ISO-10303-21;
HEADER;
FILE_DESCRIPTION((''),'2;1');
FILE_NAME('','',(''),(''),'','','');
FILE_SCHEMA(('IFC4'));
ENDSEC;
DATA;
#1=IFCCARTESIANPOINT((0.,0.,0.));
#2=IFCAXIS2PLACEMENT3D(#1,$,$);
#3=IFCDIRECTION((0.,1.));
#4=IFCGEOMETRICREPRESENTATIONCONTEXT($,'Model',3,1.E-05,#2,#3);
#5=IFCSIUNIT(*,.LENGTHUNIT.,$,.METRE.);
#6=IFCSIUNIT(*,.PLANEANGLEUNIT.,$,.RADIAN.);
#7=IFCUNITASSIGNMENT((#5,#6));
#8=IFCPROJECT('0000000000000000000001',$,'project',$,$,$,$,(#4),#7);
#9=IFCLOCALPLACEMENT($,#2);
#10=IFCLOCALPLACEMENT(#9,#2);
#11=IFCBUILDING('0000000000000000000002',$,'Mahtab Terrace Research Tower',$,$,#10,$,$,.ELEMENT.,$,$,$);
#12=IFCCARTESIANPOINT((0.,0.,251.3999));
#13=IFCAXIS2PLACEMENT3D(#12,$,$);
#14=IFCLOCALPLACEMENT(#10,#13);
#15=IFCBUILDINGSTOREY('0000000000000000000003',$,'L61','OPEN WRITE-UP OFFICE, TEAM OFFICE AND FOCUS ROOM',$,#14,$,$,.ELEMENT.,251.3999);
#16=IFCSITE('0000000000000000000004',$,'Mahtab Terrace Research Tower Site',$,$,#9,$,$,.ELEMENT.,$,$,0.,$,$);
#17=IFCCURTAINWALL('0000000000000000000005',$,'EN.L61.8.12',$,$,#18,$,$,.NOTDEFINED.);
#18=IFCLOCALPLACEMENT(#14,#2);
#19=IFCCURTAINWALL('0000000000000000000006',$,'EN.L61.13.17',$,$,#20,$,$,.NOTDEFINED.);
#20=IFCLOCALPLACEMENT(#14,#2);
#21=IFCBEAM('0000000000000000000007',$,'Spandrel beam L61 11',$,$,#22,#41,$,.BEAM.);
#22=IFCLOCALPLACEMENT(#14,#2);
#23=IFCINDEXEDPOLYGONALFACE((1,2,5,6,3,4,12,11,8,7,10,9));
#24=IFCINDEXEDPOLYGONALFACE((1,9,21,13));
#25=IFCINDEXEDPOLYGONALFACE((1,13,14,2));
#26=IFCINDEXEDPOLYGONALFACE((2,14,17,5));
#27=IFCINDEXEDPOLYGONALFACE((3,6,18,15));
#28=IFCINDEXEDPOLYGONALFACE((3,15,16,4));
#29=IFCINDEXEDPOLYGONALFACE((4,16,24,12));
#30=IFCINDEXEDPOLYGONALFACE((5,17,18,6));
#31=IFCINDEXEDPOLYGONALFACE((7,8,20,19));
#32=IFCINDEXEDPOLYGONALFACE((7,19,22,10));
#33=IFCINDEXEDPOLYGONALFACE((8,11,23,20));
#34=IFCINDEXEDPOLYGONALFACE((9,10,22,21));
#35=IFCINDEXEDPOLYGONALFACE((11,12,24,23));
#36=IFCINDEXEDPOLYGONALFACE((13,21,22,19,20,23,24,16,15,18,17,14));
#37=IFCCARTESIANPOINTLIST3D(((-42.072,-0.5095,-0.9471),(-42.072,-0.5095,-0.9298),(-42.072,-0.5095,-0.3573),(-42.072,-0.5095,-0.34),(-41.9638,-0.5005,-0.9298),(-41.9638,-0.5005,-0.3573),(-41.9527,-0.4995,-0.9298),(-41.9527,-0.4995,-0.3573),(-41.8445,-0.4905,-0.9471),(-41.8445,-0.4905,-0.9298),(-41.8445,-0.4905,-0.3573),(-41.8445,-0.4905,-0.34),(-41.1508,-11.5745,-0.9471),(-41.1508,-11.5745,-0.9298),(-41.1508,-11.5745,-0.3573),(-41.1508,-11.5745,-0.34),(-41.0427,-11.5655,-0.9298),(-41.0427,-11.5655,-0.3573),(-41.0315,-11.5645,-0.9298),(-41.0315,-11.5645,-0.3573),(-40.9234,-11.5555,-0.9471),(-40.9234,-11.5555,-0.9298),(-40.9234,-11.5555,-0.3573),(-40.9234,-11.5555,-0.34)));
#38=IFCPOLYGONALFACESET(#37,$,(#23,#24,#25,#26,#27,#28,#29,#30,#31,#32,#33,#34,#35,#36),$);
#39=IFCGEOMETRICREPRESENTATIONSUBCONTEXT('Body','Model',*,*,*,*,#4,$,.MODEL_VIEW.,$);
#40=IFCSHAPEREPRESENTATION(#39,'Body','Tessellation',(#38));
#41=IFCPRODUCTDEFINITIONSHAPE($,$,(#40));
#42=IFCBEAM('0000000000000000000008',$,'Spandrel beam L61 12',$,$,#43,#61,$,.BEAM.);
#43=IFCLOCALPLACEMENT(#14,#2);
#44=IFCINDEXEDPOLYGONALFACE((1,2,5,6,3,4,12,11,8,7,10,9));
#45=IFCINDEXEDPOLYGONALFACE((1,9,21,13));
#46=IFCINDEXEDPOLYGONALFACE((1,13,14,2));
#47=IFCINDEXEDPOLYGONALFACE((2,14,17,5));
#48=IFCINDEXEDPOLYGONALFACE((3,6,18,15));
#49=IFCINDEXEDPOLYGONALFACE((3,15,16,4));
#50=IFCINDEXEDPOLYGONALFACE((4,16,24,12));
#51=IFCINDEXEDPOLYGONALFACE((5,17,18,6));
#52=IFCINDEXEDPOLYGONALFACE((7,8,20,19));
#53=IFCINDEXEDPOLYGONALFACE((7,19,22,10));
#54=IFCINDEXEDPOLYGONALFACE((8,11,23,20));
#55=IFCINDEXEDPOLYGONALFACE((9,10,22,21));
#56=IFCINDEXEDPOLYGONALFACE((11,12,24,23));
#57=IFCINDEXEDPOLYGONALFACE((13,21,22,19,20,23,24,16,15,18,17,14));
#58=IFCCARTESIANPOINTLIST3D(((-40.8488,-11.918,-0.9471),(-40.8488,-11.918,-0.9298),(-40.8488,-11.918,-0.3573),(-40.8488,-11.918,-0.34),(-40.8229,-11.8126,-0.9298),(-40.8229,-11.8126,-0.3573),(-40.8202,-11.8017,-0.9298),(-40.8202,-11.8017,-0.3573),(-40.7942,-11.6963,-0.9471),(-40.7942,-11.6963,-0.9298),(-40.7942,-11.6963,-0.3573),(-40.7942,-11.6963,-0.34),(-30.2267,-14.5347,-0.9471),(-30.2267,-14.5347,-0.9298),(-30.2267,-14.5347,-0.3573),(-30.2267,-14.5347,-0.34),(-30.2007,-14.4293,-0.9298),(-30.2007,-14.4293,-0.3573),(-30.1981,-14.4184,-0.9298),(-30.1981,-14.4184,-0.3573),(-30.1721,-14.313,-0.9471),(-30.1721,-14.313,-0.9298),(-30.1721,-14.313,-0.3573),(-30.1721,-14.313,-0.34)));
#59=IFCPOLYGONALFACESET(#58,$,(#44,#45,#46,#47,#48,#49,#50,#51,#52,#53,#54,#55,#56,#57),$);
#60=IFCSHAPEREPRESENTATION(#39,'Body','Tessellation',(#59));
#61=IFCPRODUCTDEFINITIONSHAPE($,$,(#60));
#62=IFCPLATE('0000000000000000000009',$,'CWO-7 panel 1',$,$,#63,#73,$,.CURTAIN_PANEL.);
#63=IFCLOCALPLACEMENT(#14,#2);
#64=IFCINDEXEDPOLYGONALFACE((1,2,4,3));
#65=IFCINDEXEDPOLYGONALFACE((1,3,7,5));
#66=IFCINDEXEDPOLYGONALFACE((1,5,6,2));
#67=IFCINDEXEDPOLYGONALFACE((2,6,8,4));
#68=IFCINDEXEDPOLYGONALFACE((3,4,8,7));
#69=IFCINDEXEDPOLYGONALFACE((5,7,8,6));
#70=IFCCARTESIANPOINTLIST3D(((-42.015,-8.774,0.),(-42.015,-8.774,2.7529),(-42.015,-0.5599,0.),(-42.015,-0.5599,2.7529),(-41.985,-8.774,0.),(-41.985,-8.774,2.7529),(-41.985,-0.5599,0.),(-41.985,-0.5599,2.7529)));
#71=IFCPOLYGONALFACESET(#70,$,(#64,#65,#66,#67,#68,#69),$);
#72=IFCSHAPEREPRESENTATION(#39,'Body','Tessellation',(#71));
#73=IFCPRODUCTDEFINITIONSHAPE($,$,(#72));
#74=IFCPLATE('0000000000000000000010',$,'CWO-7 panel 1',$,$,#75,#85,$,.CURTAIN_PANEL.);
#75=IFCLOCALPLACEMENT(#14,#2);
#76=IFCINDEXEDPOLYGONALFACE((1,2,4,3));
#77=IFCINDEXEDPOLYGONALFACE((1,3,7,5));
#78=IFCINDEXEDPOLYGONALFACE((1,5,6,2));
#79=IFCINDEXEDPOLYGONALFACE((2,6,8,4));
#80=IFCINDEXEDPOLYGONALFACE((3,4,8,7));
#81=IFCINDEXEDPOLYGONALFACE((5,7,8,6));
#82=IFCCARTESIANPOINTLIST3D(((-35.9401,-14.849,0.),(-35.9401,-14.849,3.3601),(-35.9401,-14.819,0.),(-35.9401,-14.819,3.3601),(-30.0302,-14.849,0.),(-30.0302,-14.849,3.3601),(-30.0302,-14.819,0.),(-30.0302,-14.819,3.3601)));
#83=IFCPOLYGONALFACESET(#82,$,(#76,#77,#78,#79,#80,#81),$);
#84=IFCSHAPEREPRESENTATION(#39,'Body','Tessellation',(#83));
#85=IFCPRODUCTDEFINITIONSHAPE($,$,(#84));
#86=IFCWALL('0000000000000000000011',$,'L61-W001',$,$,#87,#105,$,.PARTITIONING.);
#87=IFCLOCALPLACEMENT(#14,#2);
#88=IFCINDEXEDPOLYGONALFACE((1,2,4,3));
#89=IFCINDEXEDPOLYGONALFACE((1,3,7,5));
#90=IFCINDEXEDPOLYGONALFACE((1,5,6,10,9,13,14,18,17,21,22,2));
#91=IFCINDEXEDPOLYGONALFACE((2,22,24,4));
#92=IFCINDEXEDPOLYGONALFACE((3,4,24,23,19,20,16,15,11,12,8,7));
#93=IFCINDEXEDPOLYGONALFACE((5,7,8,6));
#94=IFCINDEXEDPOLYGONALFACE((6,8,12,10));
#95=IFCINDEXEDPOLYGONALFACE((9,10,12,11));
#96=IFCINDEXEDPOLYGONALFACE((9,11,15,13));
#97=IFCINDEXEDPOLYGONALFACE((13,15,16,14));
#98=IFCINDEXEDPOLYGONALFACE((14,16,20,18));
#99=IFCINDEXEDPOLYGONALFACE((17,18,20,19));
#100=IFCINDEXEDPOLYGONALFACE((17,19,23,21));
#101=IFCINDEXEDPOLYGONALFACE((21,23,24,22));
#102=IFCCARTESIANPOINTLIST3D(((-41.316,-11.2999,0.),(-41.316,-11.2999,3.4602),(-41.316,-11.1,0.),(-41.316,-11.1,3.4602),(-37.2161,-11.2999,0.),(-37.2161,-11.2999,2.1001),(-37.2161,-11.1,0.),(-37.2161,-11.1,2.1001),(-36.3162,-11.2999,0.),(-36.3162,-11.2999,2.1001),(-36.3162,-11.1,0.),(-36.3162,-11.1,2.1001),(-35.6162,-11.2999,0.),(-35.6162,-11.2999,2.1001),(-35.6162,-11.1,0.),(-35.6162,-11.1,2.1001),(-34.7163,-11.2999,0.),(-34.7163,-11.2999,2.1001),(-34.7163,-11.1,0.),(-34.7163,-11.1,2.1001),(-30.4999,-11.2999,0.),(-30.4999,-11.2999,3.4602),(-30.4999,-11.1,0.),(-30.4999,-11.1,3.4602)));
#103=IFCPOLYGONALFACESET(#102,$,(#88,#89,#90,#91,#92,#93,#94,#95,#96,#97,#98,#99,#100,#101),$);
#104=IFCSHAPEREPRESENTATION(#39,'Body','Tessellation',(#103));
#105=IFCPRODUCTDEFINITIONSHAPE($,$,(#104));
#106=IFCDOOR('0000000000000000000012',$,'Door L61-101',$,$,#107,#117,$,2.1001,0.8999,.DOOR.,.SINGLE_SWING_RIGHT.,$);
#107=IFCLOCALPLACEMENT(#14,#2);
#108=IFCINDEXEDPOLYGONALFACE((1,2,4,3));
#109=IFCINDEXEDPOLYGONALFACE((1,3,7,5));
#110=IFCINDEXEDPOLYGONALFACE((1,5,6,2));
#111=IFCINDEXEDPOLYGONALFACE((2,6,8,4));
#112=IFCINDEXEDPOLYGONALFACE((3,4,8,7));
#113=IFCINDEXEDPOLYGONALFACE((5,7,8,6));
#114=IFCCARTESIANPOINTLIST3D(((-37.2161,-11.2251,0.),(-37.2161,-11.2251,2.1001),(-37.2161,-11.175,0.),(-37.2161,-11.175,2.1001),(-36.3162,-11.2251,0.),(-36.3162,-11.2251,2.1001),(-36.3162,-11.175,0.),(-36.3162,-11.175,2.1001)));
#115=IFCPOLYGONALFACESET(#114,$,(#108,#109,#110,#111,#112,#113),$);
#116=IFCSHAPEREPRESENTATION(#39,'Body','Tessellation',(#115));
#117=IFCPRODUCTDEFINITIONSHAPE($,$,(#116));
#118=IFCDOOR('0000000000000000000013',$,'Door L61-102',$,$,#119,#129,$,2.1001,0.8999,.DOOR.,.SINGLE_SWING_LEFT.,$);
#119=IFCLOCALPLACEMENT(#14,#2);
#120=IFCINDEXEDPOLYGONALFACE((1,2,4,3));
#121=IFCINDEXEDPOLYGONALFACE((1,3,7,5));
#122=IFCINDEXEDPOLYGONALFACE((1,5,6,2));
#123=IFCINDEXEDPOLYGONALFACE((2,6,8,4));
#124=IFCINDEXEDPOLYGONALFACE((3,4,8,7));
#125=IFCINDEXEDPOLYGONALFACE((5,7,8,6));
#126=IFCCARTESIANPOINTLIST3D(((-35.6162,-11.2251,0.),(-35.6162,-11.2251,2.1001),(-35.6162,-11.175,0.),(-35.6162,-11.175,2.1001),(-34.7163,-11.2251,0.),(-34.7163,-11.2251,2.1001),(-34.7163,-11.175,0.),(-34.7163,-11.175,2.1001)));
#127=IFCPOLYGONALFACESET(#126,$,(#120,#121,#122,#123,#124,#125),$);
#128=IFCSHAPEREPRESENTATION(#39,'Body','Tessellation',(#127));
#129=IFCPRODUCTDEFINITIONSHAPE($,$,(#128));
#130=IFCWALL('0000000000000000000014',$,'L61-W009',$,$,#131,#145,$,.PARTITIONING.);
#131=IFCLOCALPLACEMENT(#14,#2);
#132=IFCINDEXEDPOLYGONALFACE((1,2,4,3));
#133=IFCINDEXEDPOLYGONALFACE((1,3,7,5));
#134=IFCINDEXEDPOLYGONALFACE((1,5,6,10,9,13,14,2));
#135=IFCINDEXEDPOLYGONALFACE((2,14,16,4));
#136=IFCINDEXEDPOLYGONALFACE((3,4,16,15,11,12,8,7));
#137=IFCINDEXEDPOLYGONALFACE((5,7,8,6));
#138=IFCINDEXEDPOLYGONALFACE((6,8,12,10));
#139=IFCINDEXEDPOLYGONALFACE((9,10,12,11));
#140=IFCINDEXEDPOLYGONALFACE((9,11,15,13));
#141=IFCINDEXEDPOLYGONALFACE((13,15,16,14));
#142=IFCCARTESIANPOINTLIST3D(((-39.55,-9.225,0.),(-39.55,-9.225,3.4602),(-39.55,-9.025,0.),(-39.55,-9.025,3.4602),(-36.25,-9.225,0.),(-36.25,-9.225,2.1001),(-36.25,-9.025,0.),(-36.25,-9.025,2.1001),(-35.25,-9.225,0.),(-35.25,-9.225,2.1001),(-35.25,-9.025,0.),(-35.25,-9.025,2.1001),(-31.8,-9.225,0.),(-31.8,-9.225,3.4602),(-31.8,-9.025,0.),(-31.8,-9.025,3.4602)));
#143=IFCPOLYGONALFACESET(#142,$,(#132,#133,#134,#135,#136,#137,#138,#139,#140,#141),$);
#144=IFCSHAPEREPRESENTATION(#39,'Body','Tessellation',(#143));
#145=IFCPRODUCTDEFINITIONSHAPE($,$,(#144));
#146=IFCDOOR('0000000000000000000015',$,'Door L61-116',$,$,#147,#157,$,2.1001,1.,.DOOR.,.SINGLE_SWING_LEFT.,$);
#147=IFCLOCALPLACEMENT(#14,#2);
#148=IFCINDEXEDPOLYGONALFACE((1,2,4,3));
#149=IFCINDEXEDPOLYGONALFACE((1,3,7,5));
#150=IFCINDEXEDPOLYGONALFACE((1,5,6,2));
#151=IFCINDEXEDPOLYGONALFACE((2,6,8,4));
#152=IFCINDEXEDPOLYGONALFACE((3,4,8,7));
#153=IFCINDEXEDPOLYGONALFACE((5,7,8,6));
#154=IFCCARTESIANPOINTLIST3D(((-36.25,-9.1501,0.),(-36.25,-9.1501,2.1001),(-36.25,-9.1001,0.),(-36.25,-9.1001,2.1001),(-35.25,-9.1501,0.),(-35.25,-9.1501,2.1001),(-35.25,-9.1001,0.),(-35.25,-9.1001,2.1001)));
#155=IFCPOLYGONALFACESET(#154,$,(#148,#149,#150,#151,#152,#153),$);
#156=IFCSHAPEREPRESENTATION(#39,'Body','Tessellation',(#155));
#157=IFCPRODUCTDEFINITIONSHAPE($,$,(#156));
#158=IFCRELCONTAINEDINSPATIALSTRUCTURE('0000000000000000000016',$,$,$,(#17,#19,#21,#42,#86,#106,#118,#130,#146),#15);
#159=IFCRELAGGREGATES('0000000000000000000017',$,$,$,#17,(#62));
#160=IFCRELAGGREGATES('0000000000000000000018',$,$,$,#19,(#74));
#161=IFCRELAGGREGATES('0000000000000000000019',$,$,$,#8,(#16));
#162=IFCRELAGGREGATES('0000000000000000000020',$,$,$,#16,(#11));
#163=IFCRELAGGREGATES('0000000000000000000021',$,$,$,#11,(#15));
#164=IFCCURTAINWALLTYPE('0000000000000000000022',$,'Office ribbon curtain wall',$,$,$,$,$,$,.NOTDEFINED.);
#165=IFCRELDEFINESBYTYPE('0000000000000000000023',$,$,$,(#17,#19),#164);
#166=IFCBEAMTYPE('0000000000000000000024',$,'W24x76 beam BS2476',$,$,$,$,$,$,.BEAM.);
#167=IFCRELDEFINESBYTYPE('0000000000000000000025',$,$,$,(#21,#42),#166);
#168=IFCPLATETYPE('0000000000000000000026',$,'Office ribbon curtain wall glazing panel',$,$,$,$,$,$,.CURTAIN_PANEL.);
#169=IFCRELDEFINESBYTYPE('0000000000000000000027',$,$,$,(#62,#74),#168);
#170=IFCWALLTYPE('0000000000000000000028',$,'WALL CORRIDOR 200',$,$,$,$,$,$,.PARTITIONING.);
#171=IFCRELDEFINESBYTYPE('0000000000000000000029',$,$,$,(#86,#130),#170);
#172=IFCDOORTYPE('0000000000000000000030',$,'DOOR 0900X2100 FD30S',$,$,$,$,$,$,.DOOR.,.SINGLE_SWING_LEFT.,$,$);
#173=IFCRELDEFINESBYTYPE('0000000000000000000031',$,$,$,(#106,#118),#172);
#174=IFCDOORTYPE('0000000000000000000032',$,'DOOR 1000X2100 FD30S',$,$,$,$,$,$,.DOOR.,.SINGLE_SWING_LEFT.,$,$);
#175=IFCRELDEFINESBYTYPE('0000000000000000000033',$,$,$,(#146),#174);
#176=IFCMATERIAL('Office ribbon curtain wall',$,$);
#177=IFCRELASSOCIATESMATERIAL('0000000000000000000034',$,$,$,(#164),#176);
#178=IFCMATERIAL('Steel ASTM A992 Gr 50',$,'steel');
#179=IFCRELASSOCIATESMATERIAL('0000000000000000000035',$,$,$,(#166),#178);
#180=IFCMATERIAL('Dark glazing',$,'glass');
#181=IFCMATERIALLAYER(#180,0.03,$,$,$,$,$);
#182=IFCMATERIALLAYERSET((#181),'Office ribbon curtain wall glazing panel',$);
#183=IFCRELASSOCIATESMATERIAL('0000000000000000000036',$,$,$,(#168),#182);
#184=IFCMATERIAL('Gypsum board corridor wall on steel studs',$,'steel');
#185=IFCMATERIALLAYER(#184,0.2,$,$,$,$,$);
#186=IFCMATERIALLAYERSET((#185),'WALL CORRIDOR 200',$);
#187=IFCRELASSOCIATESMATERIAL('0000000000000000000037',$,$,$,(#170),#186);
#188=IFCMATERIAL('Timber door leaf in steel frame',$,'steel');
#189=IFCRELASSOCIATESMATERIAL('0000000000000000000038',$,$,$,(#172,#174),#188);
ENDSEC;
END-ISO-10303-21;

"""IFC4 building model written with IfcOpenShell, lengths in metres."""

from ifc_helpers import new_model, si_unit, direction, frame, frame_2d, origin, origin_2d, place, context, subcontext, project, spatial, rectangle, i_section, extrude, material, layer, layer_set, material_profile, profile_set, type_object, element, fill, aggregate, save


model = new_model("IFC4")

# Units and contexts
model_context = context("Model", 3, precision=1e-05, world=origin(), true_north=direction((0.0, 1.0)))
body_context = subcontext(model_context, "Body", "Model", "MODEL_VIEW")
ifc_project = project(units=[si_unit("LENGTHUNIT", "METRE"), si_unit("PLANEANGLEUNIT", "RADIAN")], contexts=[model_context])

# Site, building, storey
site_placement = place(None, origin())
site = spatial("IfcSite", under=ifc_project, at=site_placement, Name="Mahtab Terrace Research Tower Site", CompositionType="ELEMENT", RefElevation=0.0)
building_placement = place(site_placement, origin())
building = spatial("IfcBuilding", under=site, at=building_placement, Name="Mahtab Terrace Research Tower", CompositionType="ELEMENT")
storey_placement = place(building_placement, frame((0.0, 0.0, 251.3999)))
storey = spatial("IfcBuildingStorey", under=building, at=storey_placement, Name="L61", Description="OPEN WRITE-UP OFFICE, TEAM OFFICE AND FOCUS ROOM", CompositionType="ELEMENT", Elevation=251.3999)

# Shared definitions
ifc_material_1 = material(Name="Steel ASTM A992 Gr 50", Category="steel")

# Curtain walls
ifc_material_2 = material(Name="Office ribbon curtain wall")
curtain_wall_type = type_object("IfcCurtainWallType", Name="Office ribbon curtain wall", PredefinedType="NOTDEFINED", material=ifc_material_2)
curtain_wall_1_placement = place(storey_placement, origin())
curtain_wall_1 = element("IfcCurtainWall", 1, at=curtain_wall_1_placement, inside=storey, type_object=curtain_wall_type, Name="EN.L61.8.12", PredefinedType="NOTDEFINED")
curtain_wall_2_placement = place(storey_placement, origin())
curtain_wall_2 = element("IfcCurtainWall", 2, at=curtain_wall_2_placement, inside=storey, type_object=curtain_wall_type, Name="EN.L61.13.17", PredefinedType="NOTDEFINED")

# Beams
ifc_material_profile_1 = material_profile(ifc_material_1, i_section(OverallWidth=0.2283, OverallDepth=0.6072, WebThickness=0.0112, FlangeThickness=0.0173, at=origin_2d()), Name="W24X76")
ifc_profile_set_1 = profile_set([ifc_material_profile_1], Name="Steel ASTM A992 Gr 50")
beam_type = type_object("IfcBeamType", Name="W24x76 beam BS2476", PredefinedType="BEAM", material=ifc_profile_set_1)
beam_1_placement = place(storey_placement, frame((-41.9583, -0.5, -0.6436), z_axis=(0.082962, -0.996553, 0.0), x_axis=(0.996553, 0.082962, 0.0)))
element("IfcBeam", 3, at=beam_1_placement, inside=storey, type_object=beam_type, Name="Spandrel beam L61 11", PredefinedType="BEAM", context=body_context, shape_type="SweptSolid", body=[
    extrude(i_section(OverallWidth=0.2283, OverallDepth=0.6072, WebThickness=0.0112, FlangeThickness=0.0173, at=origin_2d()), origin(), (0.0, 0.0, 1.0), 11.1033),
])
beam_2_placement = place(storey_placement, frame((-40.8215, -11.8071, -0.6436), z_axis=(0.970972, -0.239195, 0.0), x_axis=(0.239195, 0.970972, 0.0)))
element("IfcBeam", 4, at=beam_2_placement, inside=storey, type_object=beam_type, Name="Spandrel beam L61 12", PredefinedType="BEAM", context=body_context, shape_type="SweptSolid", body=[
    extrude(i_section(OverallWidth=0.2283, OverallDepth=0.6072, WebThickness=0.0112, FlangeThickness=0.0173, at=origin_2d()), origin(), (0.0, 0.0, 1.0), 10.9397),
])

# Plates
ifc_material_3 = material(Name="Dark glazing", Category="glass")
ifc_layer_1 = layer(ifc_material_3, 0.03)
ifc_layer_set_1 = layer_set([ifc_layer_1], Name="Office ribbon curtain wall glazing panel")
plate_type = type_object("IfcPlateType", Name="Office ribbon curtain wall glazing panel", PredefinedType="CURTAIN_PANEL", material=ifc_layer_set_1)
plate_1_placement = place(storey_placement, frame((-42.0, -4.667, 0.0), z_axis=(0.0, 0.0, 1.0), x_axis=(0.0, -1.0, 0.0)))
plate_1 = element("IfcPlate", 5, at=plate_1_placement, type_object=plate_type, Name="CWO-7 panel 1", PredefinedType="CURTAIN_PANEL", context=body_context, shape_type="SweptSolid", body=[
    extrude(rectangle(XDim=8.2141, YDim=0.03, at=origin_2d()), origin(), (0.0, 0.0, 1.0), 2.7529),
])
aggregate(curtain_wall_1, [plate_1])
plate_2_placement = place(storey_placement, frame((-32.9851, -14.834, 0.0), z_axis=(0.0, 0.0, 1.0), x_axis=(1.0, 0.0, 0.0)))
plate_2 = element("IfcPlate", 6, at=plate_2_placement, type_object=plate_type, Name="CWO-7 panel 1", PredefinedType="CURTAIN_PANEL", context=body_context, shape_type="SweptSolid", body=[
    extrude(rectangle(XDim=5.9099, YDim=0.03, at=origin_2d()), origin(), (0.0, 0.0, 1.0), 3.3601),
])
aggregate(curtain_wall_2, [plate_2])

# Wall, openings, doors
ifc_material_4 = material(Name="Gypsum board corridor wall on steel studs", Category="steel")
ifc_layer_2 = layer(ifc_material_4, 0.2)
ifc_layer_set_2 = layer_set([ifc_layer_2], Name="WALL CORRIDOR 200")
wall_type_1 = type_object("IfcWallType", Name="WALL CORRIDOR 200", PredefinedType="PARTITIONING", material=ifc_layer_set_2)
wall_1_placement = place(storey_placement, frame((-41.3162, -11.2, 0.0), z_axis=(0.0, 0.0, 1.0), x_axis=(1.0, 0.0, 0.0)))
wall_1 = element("IfcWall", 7, at=wall_1_placement, inside=storey, type_object=wall_type_1, Name="L61-W001", PredefinedType="PARTITIONING", context=body_context, shape_type="SweptSolid", body=[
    extrude(rectangle(XDim=10.8162, YDim=0.2, at=frame_2d((5.4082, 0.0))), origin(), (0.0, 0.0, 1.0), 3.4602),
])
opening_1_placement = place(wall_1_placement, frame((4.1001, 0.0, 0.0)))
opening_1 = element("IfcOpeningElement", 8, at=opening_1_placement, cuts=wall_1, PredefinedType="OPENING", context=body_context, shape_type="SweptSolid", body=[
    extrude(rectangle(XDim=0.8999, YDim=2.1001, at=frame_2d((0.45, 1.05))), frame((0.0, 0.1099, 0.0), z_axis=(0.0, -1.0, 0.0), x_axis=(1.0, 0.0, 0.0)), (0.0, 0.0, 1.0), 0.22),
])
opening_2_placement = place(wall_1_placement, frame((5.7, 0.0, 0.0)))
opening_2 = element("IfcOpeningElement", 9, at=opening_2_placement, cuts=wall_1, PredefinedType="OPENING", context=body_context, shape_type="SweptSolid", body=[
    extrude(rectangle(XDim=0.8999, YDim=2.1001, at=frame_2d((0.45, 1.05))), frame((0.0, 0.1099, 0.0), z_axis=(0.0, -1.0, 0.0), x_axis=(1.0, 0.0, 0.0)), (0.0, 0.0, 1.0), 0.22),
])
ifc_material_5 = material(Name="Timber door leaf in steel frame", Category="steel")
door_type_1 = type_object("IfcDoorType", Name="DOOR 0900X2100 FD30S", OperationType="SINGLE_SWING_LEFT", PredefinedType="DOOR", material=ifc_material_5)
door_1_placement = place(opening_1_placement, origin())
door_1 = element("IfcDoor", 10, at=door_1_placement, inside=storey, type_object=door_type_1, Name="Door L61-101", OperationType="SINGLE_SWING_RIGHT", OverallHeight=2.1001, OverallWidth=0.8999, PredefinedType="DOOR", context=body_context, shape_type="SweptSolid", body=[
    extrude(rectangle(XDim=0.8999, YDim=2.1001, at=frame_2d((0.45, 1.05))), frame((0.0, 0.0249, 0.0), z_axis=(0.0, -1.0, 0.0), x_axis=(1.0, 0.0, 0.0)), (0.0, 0.0, 1.0), 0.05),
])
fill(opening_1, door_1)
door_2_placement = place(opening_2_placement, origin())
door_2 = element("IfcDoor", 11, at=door_2_placement, inside=storey, type_object=door_type_1, Name="Door L61-102", OperationType="SINGLE_SWING_LEFT", OverallHeight=2.1001, OverallWidth=0.8999, PredefinedType="DOOR", context=body_context, shape_type="SweptSolid", body=[
    extrude(rectangle(XDim=0.8999, YDim=2.1001, at=frame_2d((0.45, 1.05))), frame((0.0, 0.0249, 0.0), z_axis=(0.0, -1.0, 0.0), x_axis=(1.0, 0.0, 0.0)), (0.0, 0.0, 1.0), 0.05),
])
fill(opening_2, door_2)

# Wall, opening, door
wall_2_placement = place(storey_placement, frame((-39.55, -9.125, 0.0), z_axis=(0.0, 0.0, 1.0), x_axis=(1.0, 0.0, 0.0)))
wall_2 = element("IfcWall", 12, at=wall_2_placement, inside=storey, type_object=wall_type_1, Name="L61-W009", PredefinedType="PARTITIONING", context=body_context, shape_type="SweptSolid", body=[
    extrude(rectangle(XDim=7.75, YDim=0.2, at=frame_2d((3.875, 0.0))), origin(), (0.0, 0.0, 1.0), 3.4602),
])
opening_3_placement = place(wall_2_placement, frame((3.3, 0.0, 0.0)))
opening_3 = element("IfcOpeningElement", 13, at=opening_3_placement, cuts=wall_2, PredefinedType="OPENING", context=body_context, shape_type="SweptSolid", body=[
    extrude(rectangle(XDim=1.0, YDim=2.1001, at=frame_2d((0.5, 1.05))), frame((0.0, 0.1099, 0.0), z_axis=(0.0, -1.0, 0.0), x_axis=(1.0, 0.0, 0.0)), (0.0, 0.0, 1.0), 0.22),
])
door_type_2 = type_object("IfcDoorType", Name="DOOR 1000X2100 FD30S", OperationType="SINGLE_SWING_LEFT", PredefinedType="DOOR", material=ifc_material_5)
door_3_placement = place(opening_3_placement, origin())
door_3 = element("IfcDoor", 14, at=door_3_placement, inside=storey, type_object=door_type_2, Name="Door L61-116", OperationType="SINGLE_SWING_LEFT", OverallHeight=2.1001, OverallWidth=1.0, PredefinedType="DOOR", context=body_context, shape_type="SweptSolid", body=[
    extrude(rectangle(XDim=1.0, YDim=2.1001, at=frame_2d((0.5, 1.05))), frame((0.0, 0.0249, 0.0), z_axis=(0.0, -1.0, 0.0), x_axis=(1.0, 0.0, 0.0)), (0.0, 0.0, 1.0), 0.05),
])
fill(opening_3, door_3)

save(model, "model.ifc")
